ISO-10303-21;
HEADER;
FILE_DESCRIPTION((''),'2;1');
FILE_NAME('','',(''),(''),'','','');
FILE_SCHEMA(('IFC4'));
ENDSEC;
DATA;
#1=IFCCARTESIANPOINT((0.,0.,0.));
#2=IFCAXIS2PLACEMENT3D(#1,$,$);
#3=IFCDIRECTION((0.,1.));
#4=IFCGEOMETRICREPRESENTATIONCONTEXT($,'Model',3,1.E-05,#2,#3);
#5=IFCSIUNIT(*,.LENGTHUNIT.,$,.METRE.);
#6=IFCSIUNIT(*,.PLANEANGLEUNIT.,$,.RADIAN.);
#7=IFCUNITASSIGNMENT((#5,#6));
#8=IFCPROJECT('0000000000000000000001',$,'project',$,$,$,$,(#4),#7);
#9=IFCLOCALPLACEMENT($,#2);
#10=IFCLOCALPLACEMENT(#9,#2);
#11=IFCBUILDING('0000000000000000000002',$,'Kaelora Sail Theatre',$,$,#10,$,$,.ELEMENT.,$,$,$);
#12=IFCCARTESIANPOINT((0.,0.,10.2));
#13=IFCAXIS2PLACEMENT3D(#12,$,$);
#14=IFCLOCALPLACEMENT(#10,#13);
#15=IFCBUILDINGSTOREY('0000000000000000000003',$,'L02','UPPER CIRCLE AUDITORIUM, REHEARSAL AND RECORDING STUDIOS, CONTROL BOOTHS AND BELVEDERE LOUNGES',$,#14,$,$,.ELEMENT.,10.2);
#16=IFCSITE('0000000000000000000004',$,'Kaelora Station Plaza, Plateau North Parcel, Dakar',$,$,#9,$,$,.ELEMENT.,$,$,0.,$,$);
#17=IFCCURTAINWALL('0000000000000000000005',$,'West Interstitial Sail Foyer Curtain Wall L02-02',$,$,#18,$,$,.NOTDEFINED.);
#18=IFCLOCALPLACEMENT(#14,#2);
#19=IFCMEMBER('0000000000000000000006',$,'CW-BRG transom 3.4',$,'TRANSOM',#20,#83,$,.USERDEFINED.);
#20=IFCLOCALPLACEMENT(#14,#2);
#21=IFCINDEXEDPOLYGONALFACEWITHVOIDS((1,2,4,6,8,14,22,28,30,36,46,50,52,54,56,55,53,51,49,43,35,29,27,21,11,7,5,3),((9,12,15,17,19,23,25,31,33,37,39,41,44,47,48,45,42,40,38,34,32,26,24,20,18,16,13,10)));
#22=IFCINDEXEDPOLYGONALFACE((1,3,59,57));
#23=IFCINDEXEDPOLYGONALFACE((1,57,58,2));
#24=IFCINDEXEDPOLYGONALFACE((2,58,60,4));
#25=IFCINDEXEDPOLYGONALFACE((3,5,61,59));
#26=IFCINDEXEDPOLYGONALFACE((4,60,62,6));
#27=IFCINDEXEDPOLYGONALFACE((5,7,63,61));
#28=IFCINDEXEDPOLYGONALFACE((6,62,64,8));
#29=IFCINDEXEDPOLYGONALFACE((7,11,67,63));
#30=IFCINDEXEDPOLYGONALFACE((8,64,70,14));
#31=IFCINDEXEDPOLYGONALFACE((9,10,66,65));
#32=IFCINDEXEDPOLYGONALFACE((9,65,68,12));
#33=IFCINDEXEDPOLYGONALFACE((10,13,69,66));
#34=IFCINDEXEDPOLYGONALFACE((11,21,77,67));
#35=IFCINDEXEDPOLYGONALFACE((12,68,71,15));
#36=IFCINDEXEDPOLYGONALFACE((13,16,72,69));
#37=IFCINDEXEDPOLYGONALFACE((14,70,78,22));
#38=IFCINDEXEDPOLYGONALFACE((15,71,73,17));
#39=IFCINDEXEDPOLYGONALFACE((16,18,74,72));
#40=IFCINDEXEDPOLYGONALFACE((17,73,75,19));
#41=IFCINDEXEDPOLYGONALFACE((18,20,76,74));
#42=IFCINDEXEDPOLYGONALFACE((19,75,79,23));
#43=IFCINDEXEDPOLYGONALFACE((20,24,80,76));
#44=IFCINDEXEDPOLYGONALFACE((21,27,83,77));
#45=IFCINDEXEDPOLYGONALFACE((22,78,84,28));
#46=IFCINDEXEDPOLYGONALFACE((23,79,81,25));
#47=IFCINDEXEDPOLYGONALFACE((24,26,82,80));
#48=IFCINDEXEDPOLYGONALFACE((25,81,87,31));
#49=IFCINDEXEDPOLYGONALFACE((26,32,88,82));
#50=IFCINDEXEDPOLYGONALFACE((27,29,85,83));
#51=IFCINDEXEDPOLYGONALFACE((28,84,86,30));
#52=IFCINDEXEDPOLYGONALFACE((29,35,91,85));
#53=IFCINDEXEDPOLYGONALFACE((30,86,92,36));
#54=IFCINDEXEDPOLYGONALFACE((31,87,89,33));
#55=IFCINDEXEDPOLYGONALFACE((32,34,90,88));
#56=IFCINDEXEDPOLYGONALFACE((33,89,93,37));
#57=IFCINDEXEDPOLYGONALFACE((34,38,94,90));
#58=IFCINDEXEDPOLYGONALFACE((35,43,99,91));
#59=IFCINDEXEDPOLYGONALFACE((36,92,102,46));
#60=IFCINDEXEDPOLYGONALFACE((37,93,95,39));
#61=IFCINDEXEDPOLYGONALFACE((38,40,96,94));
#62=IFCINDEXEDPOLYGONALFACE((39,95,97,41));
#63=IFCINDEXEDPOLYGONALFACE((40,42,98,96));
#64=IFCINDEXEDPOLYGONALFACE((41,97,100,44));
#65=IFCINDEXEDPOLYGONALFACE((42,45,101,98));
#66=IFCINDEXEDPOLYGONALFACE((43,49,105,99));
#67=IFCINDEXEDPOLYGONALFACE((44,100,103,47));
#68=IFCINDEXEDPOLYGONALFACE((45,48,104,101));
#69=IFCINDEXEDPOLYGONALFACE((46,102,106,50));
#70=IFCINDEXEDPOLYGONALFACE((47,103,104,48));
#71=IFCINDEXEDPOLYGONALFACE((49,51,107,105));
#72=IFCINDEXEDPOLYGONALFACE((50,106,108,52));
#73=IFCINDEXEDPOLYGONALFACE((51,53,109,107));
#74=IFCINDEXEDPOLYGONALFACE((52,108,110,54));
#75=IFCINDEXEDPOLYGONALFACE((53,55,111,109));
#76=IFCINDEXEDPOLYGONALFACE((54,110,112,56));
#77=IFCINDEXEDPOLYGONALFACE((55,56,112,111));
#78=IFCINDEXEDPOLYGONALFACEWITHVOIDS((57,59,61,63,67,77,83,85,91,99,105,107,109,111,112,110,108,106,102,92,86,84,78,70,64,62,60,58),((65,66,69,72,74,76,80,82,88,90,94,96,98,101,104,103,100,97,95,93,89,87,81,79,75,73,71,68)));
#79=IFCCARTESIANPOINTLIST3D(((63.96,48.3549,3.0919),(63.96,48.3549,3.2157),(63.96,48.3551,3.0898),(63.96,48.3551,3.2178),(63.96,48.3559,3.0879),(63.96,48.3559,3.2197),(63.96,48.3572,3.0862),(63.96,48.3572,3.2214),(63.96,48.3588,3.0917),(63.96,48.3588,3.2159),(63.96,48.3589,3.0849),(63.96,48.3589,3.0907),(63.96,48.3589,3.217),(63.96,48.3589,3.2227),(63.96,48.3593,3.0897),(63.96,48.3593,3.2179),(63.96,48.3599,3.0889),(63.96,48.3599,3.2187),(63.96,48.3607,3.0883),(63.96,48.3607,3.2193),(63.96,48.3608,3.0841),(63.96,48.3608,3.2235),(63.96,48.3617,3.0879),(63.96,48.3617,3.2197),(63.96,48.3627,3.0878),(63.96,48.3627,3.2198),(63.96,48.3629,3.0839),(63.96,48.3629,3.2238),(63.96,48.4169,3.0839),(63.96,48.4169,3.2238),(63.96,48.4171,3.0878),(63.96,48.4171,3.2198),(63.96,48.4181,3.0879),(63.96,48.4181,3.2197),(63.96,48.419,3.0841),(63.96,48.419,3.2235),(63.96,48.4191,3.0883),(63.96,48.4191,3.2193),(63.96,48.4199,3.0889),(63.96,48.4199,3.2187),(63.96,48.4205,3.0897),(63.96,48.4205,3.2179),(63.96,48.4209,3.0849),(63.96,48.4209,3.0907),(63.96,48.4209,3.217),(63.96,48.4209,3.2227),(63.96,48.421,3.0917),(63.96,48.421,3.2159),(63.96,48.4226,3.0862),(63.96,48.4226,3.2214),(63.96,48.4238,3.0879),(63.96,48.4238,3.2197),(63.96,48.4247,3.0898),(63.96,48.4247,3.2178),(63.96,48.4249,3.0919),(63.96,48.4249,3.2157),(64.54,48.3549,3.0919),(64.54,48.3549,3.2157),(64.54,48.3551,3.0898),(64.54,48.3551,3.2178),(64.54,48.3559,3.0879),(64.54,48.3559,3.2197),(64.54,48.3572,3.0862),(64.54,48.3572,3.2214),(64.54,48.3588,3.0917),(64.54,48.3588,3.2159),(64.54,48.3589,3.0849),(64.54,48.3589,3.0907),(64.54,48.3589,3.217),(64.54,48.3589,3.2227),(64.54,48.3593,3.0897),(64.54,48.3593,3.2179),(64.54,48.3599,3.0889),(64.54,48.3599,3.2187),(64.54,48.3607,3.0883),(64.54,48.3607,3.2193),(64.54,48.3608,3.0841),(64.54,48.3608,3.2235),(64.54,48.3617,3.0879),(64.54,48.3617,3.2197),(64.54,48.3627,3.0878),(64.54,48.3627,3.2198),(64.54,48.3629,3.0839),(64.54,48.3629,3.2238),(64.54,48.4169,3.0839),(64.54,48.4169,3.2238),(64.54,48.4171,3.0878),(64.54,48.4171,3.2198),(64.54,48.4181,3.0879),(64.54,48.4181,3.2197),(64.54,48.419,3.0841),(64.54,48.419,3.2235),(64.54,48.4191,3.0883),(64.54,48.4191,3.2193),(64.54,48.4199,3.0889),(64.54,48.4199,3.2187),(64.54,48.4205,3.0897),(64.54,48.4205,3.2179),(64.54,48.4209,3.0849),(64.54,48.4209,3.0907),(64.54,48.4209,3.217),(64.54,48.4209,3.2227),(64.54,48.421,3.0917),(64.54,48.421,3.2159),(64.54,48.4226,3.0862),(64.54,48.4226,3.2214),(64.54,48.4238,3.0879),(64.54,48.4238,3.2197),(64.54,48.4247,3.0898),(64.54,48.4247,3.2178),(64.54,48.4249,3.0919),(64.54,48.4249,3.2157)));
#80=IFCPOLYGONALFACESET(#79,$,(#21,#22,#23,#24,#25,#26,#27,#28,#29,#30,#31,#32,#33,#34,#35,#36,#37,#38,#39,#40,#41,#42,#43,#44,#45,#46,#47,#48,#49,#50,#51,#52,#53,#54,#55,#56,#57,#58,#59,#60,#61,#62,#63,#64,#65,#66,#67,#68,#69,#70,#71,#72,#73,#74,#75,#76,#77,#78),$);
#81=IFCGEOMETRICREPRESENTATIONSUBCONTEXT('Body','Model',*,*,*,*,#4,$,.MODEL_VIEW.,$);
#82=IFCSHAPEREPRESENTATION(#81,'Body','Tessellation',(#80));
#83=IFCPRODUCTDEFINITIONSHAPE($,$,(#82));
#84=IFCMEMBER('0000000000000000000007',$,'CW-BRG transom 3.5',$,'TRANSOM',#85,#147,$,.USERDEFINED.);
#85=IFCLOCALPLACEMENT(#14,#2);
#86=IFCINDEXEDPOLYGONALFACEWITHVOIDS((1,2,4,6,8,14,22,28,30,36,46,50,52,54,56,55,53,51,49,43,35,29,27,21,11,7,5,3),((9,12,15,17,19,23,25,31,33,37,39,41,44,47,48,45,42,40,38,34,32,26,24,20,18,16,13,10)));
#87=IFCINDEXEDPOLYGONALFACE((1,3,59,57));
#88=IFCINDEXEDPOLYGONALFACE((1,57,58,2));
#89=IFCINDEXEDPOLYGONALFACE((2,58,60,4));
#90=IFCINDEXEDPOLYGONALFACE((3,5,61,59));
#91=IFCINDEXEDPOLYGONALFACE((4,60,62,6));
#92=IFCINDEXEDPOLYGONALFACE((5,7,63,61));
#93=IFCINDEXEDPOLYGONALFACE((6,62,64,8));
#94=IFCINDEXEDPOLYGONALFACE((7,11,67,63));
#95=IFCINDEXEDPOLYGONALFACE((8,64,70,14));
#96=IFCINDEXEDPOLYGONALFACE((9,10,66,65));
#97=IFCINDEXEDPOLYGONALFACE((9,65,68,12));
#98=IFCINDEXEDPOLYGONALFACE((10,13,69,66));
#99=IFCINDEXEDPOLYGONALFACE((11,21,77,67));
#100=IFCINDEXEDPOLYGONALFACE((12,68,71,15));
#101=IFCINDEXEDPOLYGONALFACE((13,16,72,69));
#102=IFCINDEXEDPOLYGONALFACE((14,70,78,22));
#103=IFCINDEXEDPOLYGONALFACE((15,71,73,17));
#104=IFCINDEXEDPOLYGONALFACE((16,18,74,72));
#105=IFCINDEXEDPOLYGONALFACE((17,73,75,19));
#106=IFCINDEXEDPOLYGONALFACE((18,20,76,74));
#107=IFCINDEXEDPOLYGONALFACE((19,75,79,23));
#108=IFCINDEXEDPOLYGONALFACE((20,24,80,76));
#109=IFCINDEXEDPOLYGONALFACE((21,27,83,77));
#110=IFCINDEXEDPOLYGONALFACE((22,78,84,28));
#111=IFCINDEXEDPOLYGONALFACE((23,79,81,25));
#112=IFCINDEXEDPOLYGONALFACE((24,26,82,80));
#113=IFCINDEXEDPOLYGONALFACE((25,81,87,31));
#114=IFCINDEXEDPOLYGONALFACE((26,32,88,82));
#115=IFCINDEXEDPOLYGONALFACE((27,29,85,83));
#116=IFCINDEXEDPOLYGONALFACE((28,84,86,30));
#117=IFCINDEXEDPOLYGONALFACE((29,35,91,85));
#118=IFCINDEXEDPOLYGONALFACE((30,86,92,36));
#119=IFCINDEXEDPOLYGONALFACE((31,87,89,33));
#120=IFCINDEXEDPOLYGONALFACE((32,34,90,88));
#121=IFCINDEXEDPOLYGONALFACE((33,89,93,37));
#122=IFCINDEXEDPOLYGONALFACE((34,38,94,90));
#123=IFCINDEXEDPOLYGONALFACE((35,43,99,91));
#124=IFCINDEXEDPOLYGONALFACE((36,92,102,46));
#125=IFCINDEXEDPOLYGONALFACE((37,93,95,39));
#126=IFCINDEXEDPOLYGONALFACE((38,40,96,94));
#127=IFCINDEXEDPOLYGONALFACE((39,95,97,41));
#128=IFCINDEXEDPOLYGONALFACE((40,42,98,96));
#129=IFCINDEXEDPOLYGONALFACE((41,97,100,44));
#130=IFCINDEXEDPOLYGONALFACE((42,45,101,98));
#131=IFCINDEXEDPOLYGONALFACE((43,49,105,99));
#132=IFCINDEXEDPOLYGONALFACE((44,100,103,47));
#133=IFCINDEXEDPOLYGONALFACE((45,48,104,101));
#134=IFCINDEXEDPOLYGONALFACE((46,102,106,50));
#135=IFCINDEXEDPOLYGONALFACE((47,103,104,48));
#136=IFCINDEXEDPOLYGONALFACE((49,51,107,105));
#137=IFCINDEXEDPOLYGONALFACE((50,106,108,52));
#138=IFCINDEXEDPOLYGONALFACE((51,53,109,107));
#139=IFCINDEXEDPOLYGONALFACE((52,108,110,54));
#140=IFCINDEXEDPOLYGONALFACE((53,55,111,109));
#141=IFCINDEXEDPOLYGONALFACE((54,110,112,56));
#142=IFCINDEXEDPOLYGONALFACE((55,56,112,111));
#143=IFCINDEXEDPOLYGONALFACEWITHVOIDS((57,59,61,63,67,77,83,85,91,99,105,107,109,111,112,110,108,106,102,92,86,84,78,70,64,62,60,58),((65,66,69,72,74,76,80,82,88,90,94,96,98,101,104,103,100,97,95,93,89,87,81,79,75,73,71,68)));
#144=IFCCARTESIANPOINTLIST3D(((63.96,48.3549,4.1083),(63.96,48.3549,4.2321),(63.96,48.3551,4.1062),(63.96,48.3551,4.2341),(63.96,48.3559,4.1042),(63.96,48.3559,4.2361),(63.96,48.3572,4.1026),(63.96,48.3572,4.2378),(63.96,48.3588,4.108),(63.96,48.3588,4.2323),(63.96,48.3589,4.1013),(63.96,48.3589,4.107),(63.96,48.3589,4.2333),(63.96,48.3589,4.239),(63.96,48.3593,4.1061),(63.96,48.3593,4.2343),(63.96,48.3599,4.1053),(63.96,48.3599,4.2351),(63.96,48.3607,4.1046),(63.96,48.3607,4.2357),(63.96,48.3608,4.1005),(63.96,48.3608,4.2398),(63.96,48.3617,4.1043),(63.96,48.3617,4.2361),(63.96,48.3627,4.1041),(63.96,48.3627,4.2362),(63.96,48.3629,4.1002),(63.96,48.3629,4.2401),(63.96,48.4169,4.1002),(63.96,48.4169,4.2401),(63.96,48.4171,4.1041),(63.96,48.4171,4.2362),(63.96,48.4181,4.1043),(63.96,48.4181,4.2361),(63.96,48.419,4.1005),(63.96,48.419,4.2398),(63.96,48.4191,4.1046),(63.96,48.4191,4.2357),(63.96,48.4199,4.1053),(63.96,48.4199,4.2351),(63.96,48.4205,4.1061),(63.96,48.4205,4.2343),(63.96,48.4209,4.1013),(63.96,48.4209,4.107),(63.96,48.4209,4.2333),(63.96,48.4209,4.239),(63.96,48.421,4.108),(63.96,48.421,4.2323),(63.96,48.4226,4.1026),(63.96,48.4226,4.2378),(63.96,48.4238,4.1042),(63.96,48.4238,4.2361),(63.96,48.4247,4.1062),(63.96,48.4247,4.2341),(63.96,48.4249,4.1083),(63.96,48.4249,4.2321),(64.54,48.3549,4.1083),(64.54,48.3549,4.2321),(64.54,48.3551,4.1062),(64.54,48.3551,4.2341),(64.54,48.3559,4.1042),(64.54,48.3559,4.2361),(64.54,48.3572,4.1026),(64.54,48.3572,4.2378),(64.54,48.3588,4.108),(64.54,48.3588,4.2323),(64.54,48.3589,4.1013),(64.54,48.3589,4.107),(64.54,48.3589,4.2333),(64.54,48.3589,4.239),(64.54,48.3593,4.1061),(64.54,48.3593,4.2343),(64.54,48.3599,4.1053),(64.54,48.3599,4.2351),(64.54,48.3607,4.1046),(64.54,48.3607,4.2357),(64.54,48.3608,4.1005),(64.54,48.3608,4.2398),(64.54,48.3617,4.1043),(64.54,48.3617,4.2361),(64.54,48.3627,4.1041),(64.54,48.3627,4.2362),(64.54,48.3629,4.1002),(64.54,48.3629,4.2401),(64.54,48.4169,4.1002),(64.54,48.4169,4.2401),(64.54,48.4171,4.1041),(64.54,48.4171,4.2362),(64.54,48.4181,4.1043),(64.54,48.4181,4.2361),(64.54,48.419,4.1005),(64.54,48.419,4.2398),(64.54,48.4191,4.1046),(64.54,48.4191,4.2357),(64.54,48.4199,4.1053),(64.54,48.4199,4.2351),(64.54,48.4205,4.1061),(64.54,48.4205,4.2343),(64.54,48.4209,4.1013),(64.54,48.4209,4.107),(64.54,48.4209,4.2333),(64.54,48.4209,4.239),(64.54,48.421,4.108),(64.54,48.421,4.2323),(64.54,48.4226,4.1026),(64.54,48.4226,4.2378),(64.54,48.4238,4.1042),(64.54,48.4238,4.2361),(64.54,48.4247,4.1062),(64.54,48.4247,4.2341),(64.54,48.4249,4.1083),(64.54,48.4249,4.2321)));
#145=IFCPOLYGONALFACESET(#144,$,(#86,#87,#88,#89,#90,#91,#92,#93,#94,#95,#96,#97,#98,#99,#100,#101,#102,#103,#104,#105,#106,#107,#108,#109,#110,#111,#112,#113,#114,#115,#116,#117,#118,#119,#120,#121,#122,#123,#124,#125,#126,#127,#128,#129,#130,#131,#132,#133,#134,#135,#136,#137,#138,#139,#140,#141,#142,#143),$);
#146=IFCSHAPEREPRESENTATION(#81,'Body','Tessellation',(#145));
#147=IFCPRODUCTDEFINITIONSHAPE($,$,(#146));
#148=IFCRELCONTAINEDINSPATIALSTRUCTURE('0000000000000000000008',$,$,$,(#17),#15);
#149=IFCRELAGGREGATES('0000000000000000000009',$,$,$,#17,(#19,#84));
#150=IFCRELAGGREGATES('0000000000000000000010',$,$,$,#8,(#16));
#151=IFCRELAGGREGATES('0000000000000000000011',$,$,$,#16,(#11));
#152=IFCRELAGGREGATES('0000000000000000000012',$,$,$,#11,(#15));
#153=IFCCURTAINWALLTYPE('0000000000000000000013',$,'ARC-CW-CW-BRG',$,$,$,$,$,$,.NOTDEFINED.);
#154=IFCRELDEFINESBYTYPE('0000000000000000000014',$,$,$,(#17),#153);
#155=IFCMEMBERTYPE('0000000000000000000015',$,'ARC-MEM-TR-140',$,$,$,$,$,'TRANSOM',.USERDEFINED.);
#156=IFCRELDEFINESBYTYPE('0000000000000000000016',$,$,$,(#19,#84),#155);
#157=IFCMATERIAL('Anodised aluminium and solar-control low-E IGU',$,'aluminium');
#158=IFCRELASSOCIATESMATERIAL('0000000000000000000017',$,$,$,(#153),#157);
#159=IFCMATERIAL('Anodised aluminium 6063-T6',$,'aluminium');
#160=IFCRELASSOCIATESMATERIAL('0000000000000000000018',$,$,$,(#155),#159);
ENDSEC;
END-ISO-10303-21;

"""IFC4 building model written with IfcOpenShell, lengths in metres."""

from ifc_helpers import new_model, si_unit, direction, frame, origin, origin_2d, place, context, subcontext, project, spatial, hollow_rectangle, extrude, material, material_profile, profile_set, type_object, element, aggregate, save


model = new_model("IFC4")

# Units and contexts
model_context = context("Model", 3, precision=1e-05, world=origin(), true_north=direction((0.0, 1.0)))
body_context = subcontext(model_context, "Body", "Model", "MODEL_VIEW")
ifc_project = project(units=[si_unit("LENGTHUNIT", "METRE"), si_unit("PLANEANGLEUNIT", "RADIAN")], contexts=[model_context])

# Site, building, storey
site_placement = place(None, origin())
site = spatial("IfcSite", under=ifc_project, at=site_placement, Name="Kaelora Station Plaza, Plateau North Parcel, Dakar", CompositionType="ELEMENT", RefElevation=0.0)
building_placement = place(site_placement, origin())
building = spatial("IfcBuilding", under=site, at=building_placement, Name="Kaelora Sail Theatre", CompositionType="ELEMENT")
storey_placement = place(building_placement, frame((0.0, 0.0, 10.2)))
storey = spatial("IfcBuildingStorey", under=building, at=storey_placement, Name="L02", Description="UPPER CIRCLE AUDITORIUM, REHEARSAL AND RECORDING STUDIOS, CONTROL BOOTHS AND BELVEDERE LOUNGES", CompositionType="ELEMENT", Elevation=10.2)

# Curtain wall, members
ifc_material_1 = material(Name="Anodised aluminium and solar-control low-E IGU", Category="aluminium")
curtain_wall_type = type_object("IfcCurtainWallType", Name="ARC-CW-CW-BRG", PredefinedType="NOTDEFINED", material=ifc_material_1)
curtain_wall_placement = place(storey_placement, origin())
curtain_wall = element("IfcCurtainWall", 1, at=curtain_wall_placement, inside=storey, type_object=curtain_wall_type, Name="West Interstitial Sail Foyer Curtain Wall L02-02", PredefinedType="NOTDEFINED")
ifc_material_2 = material(Name="Anodised aluminium 6063-T6", Category="aluminium")
ifc_material_profile_1 = material_profile(ifc_material_2, hollow_rectangle(XDim=0.0701, YDim=0.1399, WallThickness=0.0039, InnerFilletRadius=0.0039, OuterFilletRadius=0.0081, at=origin_2d()), Name="ALU-TRAN 70x140x4")
ifc_profile_set_1 = profile_set([ifc_material_profile_1], Name="Anodised aluminium 6063-T6")
member_type_1 = type_object("IfcMemberType", Name="ARC-MEM-TR-140", ElementType="TRANSOM", PredefinedType="USERDEFINED", material=ifc_profile_set_1)
member_1_placement = place(storey_placement, frame((63.96, 48.3899, 3.1538), z_axis=(1.0, 0.0, 0.0), x_axis=(0.0, 1.0, 0.0)))
member_1 = element("IfcMember", 2, at=member_1_placement, type_object=member_type_1, Name="CW-BRG transom 3.4", ObjectType="TRANSOM", PredefinedType="USERDEFINED", context=body_context, shape_type="SweptSolid", body=[
    extrude(hollow_rectangle(XDim=0.0701, YDim=0.1399, WallThickness=0.0039, InnerFilletRadius=0.0039, OuterFilletRadius=0.0081, at=origin_2d()), origin(), (0.0, 0.0, 1.0), 0.5801),
])
member_2_placement = place(storey_placement, frame((63.96, 48.3899, 4.1702), z_axis=(1.0, 0.0, 0.0), x_axis=(0.0, 1.0, 0.0)))
member_2 = element("IfcMember", 3, at=member_2_placement, type_object=member_type_1, Name="CW-BRG transom 3.5", ObjectType="TRANSOM", PredefinedType="USERDEFINED", context=body_context, shape_type="SweptSolid", body=[
    extrude(hollow_rectangle(XDim=0.0701, YDim=0.1399, WallThickness=0.0039, InnerFilletRadius=0.0039, OuterFilletRadius=0.0081, at=origin_2d()), origin(), (0.0, 0.0, 1.0), 0.5801),
])

aggregate(curtain_wall, [member_1, member_2])

save(model, "model.ifc")
